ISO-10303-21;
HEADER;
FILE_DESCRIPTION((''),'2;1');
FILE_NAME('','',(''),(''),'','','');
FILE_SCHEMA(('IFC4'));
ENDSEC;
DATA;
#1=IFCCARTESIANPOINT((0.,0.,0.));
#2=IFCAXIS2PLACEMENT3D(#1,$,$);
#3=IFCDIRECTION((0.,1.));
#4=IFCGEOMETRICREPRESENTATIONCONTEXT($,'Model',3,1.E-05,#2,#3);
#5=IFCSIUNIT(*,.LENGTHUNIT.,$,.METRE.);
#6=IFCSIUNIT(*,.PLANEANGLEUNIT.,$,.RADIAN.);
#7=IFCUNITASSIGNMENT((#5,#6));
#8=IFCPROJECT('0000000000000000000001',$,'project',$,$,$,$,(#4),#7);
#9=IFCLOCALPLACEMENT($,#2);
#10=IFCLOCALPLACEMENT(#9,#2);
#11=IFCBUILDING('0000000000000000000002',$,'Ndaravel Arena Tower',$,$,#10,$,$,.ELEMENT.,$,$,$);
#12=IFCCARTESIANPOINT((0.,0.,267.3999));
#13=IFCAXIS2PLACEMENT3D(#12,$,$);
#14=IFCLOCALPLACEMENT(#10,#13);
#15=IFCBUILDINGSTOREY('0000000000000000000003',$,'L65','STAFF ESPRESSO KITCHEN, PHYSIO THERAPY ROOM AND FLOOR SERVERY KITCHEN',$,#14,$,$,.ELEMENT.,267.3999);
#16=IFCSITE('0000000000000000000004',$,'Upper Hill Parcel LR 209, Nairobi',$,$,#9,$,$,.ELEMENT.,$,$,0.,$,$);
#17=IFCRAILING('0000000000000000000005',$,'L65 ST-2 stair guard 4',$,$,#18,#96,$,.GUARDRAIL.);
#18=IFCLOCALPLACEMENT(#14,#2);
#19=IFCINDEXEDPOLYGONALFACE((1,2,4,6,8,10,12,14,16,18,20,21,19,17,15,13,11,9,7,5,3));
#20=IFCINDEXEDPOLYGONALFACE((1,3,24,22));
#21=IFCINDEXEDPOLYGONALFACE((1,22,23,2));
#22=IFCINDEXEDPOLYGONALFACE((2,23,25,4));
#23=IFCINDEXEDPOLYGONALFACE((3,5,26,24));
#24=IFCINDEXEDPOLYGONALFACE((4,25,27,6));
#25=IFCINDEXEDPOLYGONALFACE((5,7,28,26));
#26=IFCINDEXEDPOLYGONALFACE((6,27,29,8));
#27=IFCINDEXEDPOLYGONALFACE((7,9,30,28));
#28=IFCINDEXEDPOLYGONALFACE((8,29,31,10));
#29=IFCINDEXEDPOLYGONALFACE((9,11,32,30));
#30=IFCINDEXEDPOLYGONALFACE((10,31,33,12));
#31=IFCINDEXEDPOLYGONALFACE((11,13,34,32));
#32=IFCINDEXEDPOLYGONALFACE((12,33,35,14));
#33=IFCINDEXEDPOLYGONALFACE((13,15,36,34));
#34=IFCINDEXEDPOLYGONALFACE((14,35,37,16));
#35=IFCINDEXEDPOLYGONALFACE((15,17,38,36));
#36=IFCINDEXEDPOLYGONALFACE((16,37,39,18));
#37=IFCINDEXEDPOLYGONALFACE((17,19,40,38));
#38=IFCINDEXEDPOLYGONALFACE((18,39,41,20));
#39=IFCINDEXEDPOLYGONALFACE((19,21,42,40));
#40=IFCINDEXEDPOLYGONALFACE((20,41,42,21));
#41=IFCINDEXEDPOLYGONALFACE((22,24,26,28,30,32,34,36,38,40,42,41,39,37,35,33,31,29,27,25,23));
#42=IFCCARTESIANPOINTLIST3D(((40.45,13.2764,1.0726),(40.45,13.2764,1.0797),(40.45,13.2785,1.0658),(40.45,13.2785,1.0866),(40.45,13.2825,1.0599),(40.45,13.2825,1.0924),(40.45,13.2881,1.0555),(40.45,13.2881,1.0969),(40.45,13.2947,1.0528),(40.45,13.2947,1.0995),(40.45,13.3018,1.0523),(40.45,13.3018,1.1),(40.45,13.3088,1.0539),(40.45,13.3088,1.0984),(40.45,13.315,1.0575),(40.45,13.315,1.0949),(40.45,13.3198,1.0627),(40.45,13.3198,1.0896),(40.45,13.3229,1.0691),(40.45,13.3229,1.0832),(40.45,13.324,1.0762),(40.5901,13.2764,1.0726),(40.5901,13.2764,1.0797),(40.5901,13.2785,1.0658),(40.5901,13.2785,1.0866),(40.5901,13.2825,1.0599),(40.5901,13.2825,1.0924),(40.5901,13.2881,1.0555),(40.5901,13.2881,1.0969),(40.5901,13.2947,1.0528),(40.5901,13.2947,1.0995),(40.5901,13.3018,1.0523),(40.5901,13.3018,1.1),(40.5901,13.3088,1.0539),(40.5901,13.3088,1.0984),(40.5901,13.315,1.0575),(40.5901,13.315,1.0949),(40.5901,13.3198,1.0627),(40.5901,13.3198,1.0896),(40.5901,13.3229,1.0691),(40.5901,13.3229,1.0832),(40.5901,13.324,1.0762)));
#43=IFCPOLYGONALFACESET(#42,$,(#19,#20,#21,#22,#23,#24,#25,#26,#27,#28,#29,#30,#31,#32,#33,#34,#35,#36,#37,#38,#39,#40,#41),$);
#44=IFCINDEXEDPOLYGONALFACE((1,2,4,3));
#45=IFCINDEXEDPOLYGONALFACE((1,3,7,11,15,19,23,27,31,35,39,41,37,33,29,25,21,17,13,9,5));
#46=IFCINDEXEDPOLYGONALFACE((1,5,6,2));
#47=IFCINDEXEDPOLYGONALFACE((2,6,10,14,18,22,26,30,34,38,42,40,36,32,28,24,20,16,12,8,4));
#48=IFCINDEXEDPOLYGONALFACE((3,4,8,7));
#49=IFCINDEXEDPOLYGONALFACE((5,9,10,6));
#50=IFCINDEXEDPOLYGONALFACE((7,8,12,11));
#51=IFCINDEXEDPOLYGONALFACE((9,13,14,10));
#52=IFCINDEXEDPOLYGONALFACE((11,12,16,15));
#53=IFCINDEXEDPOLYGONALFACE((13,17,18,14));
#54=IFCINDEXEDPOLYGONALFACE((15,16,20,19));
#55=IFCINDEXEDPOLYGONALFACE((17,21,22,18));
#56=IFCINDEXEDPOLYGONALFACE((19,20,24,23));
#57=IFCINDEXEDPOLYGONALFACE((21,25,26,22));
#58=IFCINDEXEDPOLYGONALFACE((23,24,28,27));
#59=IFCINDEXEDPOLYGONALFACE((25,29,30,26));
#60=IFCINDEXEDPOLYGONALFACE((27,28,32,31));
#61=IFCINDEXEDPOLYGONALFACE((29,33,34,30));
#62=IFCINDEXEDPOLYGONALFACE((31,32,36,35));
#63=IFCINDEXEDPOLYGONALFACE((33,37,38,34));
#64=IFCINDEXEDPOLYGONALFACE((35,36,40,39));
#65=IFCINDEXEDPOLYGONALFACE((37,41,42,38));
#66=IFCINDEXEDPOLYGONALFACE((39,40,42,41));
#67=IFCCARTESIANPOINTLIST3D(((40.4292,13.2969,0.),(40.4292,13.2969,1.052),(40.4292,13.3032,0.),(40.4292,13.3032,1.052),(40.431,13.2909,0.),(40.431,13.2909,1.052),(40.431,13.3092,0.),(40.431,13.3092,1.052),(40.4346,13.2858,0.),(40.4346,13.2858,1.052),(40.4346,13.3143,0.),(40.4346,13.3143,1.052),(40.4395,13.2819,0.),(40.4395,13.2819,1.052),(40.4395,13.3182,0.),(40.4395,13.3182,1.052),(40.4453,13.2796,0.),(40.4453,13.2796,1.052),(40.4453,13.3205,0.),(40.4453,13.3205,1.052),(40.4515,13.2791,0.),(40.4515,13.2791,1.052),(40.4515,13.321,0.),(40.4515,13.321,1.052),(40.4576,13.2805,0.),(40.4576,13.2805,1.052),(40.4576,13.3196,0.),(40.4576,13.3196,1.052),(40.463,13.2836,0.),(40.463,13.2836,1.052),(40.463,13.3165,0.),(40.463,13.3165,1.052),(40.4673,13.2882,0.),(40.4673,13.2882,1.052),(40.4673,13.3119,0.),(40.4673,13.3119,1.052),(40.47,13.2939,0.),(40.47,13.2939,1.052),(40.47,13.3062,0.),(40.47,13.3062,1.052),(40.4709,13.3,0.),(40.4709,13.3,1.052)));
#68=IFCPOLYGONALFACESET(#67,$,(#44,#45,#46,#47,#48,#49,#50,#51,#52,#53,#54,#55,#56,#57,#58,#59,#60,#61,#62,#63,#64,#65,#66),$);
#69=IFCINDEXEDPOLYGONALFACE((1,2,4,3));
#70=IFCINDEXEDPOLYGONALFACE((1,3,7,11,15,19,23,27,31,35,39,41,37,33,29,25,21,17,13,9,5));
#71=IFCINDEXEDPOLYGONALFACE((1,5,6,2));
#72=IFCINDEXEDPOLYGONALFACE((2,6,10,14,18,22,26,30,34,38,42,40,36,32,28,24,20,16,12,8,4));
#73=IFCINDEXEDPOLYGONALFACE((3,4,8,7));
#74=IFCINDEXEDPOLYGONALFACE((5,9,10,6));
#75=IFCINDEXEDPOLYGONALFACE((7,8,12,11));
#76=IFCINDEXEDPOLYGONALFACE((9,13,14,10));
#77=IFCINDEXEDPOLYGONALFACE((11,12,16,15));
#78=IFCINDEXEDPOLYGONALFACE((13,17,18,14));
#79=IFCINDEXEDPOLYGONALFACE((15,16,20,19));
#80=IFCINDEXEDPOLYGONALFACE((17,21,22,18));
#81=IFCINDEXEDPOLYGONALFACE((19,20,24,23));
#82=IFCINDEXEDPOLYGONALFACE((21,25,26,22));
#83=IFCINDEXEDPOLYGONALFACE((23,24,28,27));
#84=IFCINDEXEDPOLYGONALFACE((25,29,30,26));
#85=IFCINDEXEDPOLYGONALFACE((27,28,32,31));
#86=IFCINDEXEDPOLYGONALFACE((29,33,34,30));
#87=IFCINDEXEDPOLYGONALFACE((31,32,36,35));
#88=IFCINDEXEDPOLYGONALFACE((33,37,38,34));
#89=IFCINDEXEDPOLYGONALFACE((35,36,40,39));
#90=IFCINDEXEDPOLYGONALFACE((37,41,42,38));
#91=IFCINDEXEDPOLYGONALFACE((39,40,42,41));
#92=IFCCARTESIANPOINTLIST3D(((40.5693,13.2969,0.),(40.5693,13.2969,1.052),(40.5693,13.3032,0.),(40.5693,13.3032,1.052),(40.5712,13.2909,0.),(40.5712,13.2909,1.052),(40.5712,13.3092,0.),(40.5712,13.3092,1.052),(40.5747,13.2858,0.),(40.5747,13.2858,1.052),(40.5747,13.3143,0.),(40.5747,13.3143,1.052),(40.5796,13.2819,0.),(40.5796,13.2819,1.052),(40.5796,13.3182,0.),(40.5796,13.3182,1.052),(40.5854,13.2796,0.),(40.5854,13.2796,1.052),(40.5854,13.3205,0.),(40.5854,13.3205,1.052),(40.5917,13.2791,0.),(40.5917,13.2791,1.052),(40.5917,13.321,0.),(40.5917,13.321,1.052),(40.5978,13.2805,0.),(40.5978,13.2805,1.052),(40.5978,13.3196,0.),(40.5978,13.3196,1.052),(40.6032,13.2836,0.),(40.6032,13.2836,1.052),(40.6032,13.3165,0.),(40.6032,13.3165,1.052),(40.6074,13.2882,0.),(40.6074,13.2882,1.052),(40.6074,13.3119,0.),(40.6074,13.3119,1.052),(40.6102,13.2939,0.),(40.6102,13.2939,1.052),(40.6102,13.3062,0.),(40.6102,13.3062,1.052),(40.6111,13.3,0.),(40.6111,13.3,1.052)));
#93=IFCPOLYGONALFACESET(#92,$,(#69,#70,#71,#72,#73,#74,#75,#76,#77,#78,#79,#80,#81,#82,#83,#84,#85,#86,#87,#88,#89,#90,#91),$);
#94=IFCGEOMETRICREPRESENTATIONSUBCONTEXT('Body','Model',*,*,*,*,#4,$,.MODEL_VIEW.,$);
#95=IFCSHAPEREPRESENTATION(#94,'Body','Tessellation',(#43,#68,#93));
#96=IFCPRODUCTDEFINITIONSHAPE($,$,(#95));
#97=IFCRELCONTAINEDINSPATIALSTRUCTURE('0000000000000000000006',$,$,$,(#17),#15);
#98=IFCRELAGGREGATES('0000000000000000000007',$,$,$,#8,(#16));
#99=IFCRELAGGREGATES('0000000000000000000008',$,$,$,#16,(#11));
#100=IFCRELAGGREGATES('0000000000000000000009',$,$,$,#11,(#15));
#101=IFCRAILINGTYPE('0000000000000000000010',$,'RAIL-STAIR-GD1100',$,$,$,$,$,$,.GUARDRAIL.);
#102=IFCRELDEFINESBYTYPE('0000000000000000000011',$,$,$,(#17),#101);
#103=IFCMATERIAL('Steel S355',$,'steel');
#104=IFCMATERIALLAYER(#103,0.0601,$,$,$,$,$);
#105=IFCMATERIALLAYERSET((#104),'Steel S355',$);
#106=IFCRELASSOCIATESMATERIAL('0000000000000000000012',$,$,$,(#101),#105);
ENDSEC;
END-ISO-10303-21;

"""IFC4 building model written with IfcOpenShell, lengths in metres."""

from ifc_helpers import new_model, si_unit, direction, frame, origin, origin_2d, place, context, subcontext, project, spatial, circle, extrude, material, layer, layer_set, type_object, element, save


model = new_model("IFC4")

# Units and contexts
model_context = context("Model", 3, precision=1e-05, world=origin(), true_north=direction((0.0, 1.0)))
body_context = subcontext(model_context, "Body", "Model", "MODEL_VIEW")
ifc_project = project(units=[si_unit("LENGTHUNIT", "METRE"), si_unit("PLANEANGLEUNIT", "RADIAN")], contexts=[model_context])

# Site, building, storey
site_placement = place(None, origin())
site = spatial("IfcSite", under=ifc_project, at=site_placement, Name="Upper Hill Parcel LR 209, Nairobi", CompositionType="ELEMENT", RefElevation=0.0)
building_placement = place(site_placement, origin())
building = spatial("IfcBuilding", under=site, at=building_placement, Name="Ndaravel Arena Tower", CompositionType="ELEMENT")
storey_placement = place(building_placement, frame((0.0, 0.0, 267.3999)))
storey = spatial("IfcBuildingStorey", under=building, at=storey_placement, Name="L65", Description="STAFF ESPRESSO KITCHEN, PHYSIO THERAPY ROOM AND FLOOR SERVERY KITCHEN", CompositionType="ELEMENT", Elevation=267.3999)

# Railing
ifc_material_1 = material(Name="Steel S355", Category="steel")
ifc_layer_1 = layer(ifc_material_1, 0.0601)
ifc_layer_set_1 = layer_set([ifc_layer_1], Name="Steel S355")
railing_type_1 = type_object("IfcRailingType", Name="RAIL-STAIR-GD1100", PredefinedType="GUARDRAIL", material=ifc_layer_set_1)
railing_1_placement = place(storey_placement, frame((40.45, 13.3, 0.0)))
element("IfcRailing", 1, at=railing_1_placement, inside=storey, type_object=railing_type_1, Name="L65 ST-2 stair guard 4", PredefinedType="GUARDRAIL", context=body_context, shape_type="SweptSolid", body=[
    extrude(circle(Radius=0.0239, at=origin_2d()), frame((0.0, 0.0, 1.0762), z_axis=(1.0, 0.0, 0.0), x_axis=(0.0, 1.0, 0.0)), (0.0, 0.0, 1.0), 0.1401),
    extrude(circle(Radius=0.021, at=origin_2d()), origin(), (0.0, 0.0, 1.0), 1.052),
    extrude(circle(Radius=0.021, at=origin_2d()), frame((0.1401, 0.0, 0.0)), (0.0, 0.0, 1.0), 1.052),
])

save(model, "model.ifc")
